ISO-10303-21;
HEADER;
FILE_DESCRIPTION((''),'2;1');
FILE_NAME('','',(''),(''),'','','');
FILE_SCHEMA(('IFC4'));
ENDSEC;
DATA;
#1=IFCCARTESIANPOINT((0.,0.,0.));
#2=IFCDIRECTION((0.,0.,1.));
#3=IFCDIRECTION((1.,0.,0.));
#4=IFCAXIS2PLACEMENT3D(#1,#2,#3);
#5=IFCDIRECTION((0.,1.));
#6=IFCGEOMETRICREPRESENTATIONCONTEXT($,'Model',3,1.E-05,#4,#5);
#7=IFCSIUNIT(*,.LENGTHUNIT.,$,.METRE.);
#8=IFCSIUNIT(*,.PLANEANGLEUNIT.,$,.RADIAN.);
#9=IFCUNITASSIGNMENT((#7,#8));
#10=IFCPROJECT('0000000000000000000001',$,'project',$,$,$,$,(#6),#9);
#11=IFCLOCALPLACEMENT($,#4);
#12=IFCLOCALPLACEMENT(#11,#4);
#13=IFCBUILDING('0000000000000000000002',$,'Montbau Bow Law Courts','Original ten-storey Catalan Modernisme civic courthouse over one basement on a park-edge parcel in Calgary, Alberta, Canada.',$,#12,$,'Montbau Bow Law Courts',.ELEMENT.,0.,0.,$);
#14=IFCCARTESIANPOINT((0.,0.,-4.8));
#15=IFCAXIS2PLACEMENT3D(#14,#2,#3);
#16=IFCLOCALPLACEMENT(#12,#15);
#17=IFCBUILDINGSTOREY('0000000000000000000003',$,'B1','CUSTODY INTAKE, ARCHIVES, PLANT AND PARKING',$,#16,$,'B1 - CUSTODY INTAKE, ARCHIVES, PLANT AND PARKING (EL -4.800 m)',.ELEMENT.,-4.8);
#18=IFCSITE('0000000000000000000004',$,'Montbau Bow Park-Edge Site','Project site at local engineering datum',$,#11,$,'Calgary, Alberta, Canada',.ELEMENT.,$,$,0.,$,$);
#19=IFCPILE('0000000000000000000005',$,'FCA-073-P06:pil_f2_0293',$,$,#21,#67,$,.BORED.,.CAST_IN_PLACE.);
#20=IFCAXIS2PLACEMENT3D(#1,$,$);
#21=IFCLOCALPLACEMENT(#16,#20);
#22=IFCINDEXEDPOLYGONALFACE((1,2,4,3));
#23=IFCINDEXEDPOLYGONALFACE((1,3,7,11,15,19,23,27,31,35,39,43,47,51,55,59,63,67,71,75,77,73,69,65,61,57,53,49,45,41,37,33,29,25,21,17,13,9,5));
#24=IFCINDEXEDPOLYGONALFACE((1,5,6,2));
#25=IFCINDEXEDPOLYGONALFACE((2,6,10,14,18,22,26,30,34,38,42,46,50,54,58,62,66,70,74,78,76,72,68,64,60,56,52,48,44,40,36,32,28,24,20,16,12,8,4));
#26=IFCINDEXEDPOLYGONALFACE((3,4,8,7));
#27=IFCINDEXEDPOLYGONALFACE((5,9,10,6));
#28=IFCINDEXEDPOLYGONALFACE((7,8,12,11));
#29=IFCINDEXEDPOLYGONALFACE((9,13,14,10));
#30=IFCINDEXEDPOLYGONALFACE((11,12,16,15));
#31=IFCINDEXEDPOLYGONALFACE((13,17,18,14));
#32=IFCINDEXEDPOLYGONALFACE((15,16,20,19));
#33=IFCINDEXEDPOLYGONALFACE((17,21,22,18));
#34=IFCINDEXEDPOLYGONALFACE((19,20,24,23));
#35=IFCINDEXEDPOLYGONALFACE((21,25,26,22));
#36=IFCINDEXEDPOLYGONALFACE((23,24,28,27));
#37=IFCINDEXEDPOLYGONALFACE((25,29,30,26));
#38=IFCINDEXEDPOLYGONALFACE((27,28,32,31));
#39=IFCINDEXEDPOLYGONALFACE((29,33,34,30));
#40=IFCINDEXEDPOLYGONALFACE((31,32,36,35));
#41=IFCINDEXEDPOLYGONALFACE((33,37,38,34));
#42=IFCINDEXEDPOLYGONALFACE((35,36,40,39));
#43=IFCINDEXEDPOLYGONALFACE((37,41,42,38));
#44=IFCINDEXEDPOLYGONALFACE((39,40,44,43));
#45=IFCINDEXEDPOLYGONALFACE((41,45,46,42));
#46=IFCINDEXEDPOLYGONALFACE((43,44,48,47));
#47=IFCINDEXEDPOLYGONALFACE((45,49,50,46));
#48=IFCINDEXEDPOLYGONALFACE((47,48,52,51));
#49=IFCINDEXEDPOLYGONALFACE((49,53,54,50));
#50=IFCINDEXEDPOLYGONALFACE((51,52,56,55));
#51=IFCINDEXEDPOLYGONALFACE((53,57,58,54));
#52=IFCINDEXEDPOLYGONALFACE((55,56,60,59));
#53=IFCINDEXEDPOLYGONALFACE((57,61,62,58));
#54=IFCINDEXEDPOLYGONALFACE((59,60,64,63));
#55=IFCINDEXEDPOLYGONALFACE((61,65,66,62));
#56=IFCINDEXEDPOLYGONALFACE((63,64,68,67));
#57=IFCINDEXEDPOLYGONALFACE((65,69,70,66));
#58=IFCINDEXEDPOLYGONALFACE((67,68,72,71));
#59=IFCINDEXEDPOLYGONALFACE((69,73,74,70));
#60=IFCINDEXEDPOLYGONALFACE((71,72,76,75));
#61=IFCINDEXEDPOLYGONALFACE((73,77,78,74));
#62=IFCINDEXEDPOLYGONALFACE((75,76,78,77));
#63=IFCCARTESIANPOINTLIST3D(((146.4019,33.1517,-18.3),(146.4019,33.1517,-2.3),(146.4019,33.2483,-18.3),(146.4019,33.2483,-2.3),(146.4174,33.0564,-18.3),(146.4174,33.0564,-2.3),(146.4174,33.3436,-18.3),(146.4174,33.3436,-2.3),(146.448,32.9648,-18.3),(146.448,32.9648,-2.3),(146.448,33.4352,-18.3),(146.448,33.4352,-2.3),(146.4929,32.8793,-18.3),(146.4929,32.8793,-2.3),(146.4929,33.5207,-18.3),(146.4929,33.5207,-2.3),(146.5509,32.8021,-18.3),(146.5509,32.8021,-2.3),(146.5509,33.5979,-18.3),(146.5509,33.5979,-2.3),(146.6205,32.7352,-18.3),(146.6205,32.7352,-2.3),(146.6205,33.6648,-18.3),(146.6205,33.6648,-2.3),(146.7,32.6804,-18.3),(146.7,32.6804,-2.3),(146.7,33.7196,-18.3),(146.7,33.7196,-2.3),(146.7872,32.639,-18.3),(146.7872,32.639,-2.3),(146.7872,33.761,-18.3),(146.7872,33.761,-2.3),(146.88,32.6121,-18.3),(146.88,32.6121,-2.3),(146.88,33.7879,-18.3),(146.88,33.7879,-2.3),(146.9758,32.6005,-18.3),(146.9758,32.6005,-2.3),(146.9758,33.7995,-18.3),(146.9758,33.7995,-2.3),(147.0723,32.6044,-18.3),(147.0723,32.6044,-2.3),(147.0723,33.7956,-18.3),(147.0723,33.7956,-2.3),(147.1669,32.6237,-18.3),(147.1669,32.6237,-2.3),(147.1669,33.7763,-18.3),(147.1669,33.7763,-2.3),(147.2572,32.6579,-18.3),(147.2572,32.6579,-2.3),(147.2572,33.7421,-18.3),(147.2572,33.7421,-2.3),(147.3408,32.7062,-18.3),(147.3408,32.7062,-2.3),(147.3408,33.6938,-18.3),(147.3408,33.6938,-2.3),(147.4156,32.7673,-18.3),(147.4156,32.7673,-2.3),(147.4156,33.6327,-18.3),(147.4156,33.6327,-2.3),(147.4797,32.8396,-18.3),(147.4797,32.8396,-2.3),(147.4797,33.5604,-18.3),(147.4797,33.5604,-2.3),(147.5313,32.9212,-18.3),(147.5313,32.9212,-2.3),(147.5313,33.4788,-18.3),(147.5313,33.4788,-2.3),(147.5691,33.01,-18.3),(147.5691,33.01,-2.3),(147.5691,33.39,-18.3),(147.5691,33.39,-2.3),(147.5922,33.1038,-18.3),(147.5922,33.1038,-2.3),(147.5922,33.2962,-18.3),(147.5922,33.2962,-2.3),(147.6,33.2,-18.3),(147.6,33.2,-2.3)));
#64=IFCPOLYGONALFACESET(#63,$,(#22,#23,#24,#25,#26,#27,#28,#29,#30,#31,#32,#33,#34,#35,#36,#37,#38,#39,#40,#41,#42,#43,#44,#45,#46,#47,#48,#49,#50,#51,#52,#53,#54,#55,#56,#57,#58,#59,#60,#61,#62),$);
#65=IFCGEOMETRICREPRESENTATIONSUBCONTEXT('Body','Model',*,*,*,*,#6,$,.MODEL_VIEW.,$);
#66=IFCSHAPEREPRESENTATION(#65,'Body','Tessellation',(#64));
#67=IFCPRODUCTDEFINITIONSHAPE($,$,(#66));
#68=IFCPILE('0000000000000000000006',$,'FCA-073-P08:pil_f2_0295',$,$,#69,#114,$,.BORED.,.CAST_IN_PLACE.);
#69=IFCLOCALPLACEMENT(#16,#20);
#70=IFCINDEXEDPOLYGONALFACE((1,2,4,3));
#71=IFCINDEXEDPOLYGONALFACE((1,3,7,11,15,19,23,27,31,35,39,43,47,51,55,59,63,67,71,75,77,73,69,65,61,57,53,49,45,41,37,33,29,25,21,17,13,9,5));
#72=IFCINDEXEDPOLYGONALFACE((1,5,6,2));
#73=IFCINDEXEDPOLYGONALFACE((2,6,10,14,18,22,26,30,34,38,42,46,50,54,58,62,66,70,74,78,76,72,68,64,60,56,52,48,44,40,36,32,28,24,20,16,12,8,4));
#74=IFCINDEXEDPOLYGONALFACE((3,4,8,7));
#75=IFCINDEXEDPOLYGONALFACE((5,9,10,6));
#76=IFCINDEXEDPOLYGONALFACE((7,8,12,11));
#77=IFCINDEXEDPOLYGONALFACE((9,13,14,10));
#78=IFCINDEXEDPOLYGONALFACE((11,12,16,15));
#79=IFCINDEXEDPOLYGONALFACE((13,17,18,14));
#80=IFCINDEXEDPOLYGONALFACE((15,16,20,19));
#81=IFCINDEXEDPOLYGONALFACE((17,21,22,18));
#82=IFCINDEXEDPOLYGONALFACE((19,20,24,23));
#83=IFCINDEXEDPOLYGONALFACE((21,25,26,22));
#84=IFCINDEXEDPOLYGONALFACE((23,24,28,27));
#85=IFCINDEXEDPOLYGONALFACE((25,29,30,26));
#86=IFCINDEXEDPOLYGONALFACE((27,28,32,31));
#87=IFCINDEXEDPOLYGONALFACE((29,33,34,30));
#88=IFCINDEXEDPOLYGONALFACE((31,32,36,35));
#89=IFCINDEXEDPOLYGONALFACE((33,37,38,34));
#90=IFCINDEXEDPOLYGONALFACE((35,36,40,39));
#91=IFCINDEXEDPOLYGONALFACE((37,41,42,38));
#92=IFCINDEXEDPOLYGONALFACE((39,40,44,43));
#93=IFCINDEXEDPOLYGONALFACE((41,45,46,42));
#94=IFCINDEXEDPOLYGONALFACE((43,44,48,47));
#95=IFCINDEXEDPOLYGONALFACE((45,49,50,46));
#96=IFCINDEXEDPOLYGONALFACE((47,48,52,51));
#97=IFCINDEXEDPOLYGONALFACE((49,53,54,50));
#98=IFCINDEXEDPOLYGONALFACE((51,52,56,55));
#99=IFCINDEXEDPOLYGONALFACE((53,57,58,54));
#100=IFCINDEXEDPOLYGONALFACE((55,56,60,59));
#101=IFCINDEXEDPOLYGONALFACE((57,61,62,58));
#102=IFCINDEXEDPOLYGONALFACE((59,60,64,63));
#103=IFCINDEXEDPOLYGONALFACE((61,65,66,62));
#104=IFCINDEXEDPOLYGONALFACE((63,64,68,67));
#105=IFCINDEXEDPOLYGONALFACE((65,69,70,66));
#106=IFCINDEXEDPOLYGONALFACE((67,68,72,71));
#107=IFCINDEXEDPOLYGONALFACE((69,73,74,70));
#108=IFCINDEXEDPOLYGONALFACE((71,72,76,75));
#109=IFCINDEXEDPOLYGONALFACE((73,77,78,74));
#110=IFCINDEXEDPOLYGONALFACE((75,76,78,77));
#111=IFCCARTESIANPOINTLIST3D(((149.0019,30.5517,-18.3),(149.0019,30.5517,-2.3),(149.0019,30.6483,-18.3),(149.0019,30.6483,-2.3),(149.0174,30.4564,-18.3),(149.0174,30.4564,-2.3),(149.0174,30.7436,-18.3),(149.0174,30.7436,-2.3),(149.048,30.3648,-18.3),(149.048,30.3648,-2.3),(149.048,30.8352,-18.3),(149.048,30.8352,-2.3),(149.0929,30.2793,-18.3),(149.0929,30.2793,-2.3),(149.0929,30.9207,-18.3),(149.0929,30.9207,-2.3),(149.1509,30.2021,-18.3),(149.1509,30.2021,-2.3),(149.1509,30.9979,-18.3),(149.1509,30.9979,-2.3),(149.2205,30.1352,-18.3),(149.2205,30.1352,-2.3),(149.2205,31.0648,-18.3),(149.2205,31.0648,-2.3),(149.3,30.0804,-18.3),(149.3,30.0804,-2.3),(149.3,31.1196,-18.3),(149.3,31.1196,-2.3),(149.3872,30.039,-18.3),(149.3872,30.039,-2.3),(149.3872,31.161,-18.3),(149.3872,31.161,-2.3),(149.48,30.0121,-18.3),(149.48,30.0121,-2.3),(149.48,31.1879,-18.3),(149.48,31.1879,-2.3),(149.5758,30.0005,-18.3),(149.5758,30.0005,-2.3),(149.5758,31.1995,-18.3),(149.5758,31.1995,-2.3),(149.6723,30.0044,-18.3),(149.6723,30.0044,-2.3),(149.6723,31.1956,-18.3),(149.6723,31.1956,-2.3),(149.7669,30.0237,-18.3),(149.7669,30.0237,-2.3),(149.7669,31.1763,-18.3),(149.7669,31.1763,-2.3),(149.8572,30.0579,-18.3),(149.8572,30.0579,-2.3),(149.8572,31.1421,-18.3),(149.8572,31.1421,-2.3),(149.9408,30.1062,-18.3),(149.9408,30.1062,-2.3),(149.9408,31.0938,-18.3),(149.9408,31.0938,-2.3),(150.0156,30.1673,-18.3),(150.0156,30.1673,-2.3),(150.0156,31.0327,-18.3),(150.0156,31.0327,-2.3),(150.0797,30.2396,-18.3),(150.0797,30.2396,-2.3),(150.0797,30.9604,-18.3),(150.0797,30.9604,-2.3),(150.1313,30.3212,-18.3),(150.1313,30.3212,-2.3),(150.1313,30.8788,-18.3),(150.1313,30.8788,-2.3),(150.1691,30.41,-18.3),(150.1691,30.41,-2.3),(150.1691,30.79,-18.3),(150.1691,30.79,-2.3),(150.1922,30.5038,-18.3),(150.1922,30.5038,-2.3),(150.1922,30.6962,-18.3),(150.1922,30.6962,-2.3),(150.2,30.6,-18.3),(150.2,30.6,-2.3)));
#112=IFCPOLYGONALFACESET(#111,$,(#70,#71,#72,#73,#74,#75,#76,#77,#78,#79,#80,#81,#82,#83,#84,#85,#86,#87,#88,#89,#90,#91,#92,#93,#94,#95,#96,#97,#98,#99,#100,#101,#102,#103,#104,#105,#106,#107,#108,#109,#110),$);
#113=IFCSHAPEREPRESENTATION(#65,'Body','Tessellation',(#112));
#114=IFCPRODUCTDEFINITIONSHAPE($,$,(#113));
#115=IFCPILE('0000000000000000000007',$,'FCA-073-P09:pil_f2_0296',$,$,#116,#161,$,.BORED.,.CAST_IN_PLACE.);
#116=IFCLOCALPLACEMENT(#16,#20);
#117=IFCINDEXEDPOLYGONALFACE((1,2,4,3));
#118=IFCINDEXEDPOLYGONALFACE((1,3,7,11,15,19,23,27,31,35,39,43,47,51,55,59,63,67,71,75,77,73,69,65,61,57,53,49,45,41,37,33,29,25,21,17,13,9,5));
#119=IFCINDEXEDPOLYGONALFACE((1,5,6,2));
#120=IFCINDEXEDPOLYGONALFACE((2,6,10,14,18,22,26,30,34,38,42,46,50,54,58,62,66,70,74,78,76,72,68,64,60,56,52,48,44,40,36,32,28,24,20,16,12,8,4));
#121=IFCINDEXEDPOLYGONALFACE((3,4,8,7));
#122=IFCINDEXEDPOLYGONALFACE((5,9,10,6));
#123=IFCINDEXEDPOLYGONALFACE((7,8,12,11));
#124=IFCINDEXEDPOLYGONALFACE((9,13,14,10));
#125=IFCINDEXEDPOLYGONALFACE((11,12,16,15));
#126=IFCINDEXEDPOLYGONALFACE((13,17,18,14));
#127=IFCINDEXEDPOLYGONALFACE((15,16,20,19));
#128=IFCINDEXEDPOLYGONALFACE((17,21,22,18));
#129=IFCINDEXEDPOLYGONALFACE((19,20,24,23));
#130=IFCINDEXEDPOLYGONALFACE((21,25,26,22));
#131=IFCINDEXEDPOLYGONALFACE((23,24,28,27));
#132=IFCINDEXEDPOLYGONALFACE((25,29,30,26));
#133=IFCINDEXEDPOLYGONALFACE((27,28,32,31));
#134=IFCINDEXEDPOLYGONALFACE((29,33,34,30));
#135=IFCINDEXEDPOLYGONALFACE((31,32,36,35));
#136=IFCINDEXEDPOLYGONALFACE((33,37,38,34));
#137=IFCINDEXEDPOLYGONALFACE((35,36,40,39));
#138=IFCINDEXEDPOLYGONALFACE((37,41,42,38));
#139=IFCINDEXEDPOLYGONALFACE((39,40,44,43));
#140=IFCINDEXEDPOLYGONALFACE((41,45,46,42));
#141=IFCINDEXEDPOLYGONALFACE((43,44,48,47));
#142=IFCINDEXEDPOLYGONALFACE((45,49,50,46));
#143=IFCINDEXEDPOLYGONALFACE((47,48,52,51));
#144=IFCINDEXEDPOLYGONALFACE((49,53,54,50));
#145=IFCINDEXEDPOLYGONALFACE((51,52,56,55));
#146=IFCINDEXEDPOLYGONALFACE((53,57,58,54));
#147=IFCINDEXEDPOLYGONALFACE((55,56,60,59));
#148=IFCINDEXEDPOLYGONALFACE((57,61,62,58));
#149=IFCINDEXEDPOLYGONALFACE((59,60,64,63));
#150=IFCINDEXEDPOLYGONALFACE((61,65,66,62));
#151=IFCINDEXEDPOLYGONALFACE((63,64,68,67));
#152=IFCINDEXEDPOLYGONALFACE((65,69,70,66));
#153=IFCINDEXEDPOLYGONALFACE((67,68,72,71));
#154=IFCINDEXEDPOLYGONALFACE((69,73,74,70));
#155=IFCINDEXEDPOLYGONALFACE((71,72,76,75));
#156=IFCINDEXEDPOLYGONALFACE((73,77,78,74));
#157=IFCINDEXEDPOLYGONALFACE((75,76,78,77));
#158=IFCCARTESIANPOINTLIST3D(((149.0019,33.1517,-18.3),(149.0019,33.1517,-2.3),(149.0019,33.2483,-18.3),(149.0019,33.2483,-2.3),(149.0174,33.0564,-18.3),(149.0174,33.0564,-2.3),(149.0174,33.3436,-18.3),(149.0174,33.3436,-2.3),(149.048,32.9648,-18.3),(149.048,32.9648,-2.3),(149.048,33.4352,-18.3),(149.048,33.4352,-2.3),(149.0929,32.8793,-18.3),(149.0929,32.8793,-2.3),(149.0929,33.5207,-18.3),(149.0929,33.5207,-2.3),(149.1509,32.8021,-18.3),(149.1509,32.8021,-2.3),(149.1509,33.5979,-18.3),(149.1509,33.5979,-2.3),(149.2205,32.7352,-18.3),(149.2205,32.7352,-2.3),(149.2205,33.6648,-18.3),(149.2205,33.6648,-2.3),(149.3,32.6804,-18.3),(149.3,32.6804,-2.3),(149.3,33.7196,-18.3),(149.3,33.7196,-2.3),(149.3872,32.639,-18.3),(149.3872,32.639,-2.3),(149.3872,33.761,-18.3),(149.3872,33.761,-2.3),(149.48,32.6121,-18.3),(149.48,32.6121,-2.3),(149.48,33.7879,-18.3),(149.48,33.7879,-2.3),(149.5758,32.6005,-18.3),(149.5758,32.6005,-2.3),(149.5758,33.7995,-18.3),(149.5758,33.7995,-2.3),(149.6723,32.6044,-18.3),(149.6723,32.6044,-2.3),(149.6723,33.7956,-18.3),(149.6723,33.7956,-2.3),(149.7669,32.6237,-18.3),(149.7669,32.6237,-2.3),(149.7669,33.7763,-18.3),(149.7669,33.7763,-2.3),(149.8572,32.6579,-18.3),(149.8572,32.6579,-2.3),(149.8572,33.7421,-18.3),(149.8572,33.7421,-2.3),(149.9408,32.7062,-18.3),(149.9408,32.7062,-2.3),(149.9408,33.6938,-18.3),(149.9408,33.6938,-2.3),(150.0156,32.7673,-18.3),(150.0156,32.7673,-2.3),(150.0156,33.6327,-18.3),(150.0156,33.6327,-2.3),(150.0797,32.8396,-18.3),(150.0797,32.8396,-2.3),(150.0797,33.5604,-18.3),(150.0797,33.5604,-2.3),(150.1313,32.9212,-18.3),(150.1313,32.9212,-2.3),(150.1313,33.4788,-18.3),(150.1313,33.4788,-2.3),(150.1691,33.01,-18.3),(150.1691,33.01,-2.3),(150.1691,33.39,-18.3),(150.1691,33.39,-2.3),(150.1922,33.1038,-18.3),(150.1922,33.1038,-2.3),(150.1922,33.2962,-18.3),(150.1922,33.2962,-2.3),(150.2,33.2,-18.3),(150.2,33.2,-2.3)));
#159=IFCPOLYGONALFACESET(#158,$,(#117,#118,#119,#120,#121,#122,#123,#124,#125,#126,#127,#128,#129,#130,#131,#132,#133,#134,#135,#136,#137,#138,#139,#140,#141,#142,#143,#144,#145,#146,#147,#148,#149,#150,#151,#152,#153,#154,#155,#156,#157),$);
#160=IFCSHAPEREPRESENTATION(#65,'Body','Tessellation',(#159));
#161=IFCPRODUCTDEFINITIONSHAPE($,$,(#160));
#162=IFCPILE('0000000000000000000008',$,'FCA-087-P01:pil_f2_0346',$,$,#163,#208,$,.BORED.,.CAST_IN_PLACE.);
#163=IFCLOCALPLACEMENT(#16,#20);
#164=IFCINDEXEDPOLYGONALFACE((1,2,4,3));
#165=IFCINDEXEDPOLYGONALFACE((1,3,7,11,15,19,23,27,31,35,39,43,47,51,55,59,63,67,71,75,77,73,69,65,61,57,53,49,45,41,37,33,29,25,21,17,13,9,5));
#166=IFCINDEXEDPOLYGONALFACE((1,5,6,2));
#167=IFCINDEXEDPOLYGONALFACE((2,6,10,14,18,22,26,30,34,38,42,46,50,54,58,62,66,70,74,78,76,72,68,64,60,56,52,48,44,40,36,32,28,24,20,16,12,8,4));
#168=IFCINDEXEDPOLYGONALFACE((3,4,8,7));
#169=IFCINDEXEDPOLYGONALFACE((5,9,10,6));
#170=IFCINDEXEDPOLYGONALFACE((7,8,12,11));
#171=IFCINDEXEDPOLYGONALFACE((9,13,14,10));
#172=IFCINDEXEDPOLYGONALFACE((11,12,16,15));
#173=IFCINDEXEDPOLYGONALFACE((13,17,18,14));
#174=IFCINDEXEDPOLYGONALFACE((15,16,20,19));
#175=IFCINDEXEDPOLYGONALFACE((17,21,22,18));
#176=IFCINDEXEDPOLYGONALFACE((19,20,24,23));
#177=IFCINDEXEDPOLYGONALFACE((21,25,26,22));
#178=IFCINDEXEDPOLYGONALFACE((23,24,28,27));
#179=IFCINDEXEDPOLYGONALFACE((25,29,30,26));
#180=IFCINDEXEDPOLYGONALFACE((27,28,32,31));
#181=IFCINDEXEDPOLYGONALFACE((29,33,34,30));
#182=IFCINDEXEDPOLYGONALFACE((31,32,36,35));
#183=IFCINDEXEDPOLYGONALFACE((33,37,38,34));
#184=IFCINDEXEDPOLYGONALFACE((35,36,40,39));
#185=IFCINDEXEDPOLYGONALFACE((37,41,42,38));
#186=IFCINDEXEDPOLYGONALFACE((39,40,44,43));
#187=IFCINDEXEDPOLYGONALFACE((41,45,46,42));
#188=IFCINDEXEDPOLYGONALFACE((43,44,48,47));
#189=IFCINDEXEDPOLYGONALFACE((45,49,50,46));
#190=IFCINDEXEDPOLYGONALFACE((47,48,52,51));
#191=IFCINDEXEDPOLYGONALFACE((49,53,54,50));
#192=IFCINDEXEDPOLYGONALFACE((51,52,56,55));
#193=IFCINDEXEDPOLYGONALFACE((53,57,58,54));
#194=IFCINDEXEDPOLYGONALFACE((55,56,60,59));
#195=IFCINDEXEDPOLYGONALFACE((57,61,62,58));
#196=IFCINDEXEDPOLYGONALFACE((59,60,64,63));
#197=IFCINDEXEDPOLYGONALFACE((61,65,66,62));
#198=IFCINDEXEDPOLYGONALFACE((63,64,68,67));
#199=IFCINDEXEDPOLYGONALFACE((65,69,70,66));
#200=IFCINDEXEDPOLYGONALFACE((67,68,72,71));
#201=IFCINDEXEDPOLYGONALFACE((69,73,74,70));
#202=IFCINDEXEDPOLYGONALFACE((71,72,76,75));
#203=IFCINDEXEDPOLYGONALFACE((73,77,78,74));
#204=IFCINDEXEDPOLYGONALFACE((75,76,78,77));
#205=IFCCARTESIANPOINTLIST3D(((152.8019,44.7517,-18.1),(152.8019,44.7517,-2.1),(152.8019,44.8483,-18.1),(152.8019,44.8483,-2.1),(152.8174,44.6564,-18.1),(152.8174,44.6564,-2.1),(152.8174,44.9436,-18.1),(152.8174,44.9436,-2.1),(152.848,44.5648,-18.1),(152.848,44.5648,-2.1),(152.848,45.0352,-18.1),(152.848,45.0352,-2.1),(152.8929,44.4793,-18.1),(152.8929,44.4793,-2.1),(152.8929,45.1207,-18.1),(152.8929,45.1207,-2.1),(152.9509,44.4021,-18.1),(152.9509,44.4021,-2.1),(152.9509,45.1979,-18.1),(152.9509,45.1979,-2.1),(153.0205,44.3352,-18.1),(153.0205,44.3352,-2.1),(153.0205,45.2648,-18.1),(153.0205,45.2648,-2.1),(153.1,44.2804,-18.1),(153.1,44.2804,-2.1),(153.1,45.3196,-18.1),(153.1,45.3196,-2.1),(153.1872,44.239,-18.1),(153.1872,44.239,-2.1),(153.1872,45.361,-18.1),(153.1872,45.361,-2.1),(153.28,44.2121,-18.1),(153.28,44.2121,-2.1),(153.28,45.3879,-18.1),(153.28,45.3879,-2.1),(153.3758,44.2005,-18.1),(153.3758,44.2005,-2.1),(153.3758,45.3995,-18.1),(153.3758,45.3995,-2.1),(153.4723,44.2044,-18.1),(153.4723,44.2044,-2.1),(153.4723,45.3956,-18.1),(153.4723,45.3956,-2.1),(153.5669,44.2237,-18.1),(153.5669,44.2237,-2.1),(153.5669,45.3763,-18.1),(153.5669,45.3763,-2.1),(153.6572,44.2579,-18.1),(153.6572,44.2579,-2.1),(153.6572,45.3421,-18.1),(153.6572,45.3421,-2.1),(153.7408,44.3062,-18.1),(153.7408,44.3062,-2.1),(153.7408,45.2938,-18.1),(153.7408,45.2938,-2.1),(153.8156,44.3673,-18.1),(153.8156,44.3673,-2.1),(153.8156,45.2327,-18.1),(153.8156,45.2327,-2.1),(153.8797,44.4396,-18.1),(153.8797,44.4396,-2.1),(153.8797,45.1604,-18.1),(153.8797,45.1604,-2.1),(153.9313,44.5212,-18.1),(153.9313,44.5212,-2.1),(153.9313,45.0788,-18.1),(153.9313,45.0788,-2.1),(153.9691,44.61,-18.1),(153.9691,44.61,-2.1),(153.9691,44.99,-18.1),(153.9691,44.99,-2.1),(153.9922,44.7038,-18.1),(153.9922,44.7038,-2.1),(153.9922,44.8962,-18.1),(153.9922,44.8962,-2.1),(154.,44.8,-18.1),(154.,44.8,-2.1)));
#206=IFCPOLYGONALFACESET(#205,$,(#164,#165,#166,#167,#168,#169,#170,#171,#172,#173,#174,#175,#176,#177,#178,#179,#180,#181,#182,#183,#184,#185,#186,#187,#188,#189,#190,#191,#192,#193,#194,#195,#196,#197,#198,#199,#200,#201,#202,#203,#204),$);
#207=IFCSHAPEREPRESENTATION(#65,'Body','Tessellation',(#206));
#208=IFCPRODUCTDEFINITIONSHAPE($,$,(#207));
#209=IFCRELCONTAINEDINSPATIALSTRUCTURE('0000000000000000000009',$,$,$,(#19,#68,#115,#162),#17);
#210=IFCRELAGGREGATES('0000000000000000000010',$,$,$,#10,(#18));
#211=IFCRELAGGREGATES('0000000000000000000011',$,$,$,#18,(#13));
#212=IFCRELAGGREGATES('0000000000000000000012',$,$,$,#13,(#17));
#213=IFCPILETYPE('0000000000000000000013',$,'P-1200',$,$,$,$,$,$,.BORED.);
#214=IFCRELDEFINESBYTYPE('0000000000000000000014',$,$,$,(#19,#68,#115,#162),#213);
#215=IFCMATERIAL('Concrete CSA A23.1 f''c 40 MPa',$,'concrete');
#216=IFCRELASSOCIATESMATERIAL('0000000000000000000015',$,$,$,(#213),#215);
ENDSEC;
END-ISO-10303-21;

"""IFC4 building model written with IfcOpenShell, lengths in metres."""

from ifc_helpers import new_model, si_unit, direction, frame, origin_with_axes, origin_2d_with_axis, place, context, subcontext, project, spatial, circle, extrude, material, material_profile, profile_set, type_object, element, save


model = new_model("IFC4")

# Units and contexts
model_context = context("Model", 3, precision=1e-05, world=origin_with_axes(), true_north=direction((0.0, 1.0)))
body_context = subcontext(model_context, "Body", "Model", "MODEL_VIEW")
ifc_project = project(units=[si_unit("LENGTHUNIT", "METRE"), si_unit("PLANEANGLEUNIT", "RADIAN")], contexts=[model_context])

# Site, building, storey
site_placement = place(None, origin_with_axes())
site = spatial("IfcSite", under=ifc_project, at=site_placement, Name="Montbau Bow Park-Edge Site", Description="Project site at local engineering datum", LongName="Calgary, Alberta, Canada", CompositionType="ELEMENT", RefElevation=0.0)
building_placement = place(site_placement, origin_with_axes())
building = spatial("IfcBuilding", under=site, at=building_placement, Name="Montbau Bow Law Courts", Description="Original ten-storey Catalan Modernisme civic courthouse over one basement on a park-edge parcel in Calgary, Alberta, Canada.", LongName="Montbau Bow Law Courts", CompositionType="ELEMENT", ElevationOfRefHeight=0.0, ElevationOfTerrain=0.0)
storey_placement = place(building_placement, frame((0.0, 0.0, -4.8), z_axis=(0.0, 0.0, 1.0), x_axis=(1.0, 0.0, 0.0)))
storey = spatial("IfcBuildingStorey", under=building, at=storey_placement, Name="B1", Description="CUSTODY INTAKE, ARCHIVES, PLANT AND PARKING", LongName="B1 - CUSTODY INTAKE, ARCHIVES, PLANT AND PARKING (EL -4.800 m)", CompositionType="ELEMENT", Elevation=-4.8)

# Piles
ifc_material_1 = material(Name="Concrete CSA A23.1 f'c 40 MPa", Category="concrete")
ifc_material_profile_1 = material_profile(ifc_material_1, circle(Radius=0.6, at=origin_2d_with_axis()), Name="BP1200", Category="Main", Priority=0)
ifc_profile_set_1 = profile_set([ifc_material_profile_1], Name="Concrete CSA A23.1 f'c 40 MPa")
pile_type_1 = type_object("IfcPileType", Name="P-1200", PredefinedType="BORED", material=ifc_profile_set_1)
for number, where, z_axis, x_axis, name in (
    (1, (147.0, 33.2, -23.1), (0.0, 0.0, 1.0), (1.0, 0.0, 0.0), "FCA-073-P06:pil_f2_0293"),
    (2, (149.6, 30.6, -23.1), (0.0, 0.0, 1.0), (1.0, 0.0, 0.0), "FCA-073-P08:pil_f2_0295"),
    (3, (149.6, 33.2, -23.1), (0.0, 0.0, 1.0), (1.0, 0.0, 0.0), "FCA-073-P09:pil_f2_0296"),
    (4, (153.4, 44.8, -22.9), (0.0, 0.0, 1.0), (1.0, 0.0, 0.0), "FCA-087-P01:pil_f2_0346"),
):
    element("IfcPile", number, at=place(None, frame(where, z_axis=z_axis, x_axis=x_axis)), inside=storey, type_object=pile_type_1, Name=name, ConstructionType="CAST_IN_PLACE", PredefinedType="BORED", context=body_context, shape_type="SweptSolid", body=[
        extrude(circle(Radius=0.6, at=origin_2d_with_axis()), origin_with_axes(), (0.0, 0.0, 1.0), 16.0),
    ])

save(model, "model.ifc")
